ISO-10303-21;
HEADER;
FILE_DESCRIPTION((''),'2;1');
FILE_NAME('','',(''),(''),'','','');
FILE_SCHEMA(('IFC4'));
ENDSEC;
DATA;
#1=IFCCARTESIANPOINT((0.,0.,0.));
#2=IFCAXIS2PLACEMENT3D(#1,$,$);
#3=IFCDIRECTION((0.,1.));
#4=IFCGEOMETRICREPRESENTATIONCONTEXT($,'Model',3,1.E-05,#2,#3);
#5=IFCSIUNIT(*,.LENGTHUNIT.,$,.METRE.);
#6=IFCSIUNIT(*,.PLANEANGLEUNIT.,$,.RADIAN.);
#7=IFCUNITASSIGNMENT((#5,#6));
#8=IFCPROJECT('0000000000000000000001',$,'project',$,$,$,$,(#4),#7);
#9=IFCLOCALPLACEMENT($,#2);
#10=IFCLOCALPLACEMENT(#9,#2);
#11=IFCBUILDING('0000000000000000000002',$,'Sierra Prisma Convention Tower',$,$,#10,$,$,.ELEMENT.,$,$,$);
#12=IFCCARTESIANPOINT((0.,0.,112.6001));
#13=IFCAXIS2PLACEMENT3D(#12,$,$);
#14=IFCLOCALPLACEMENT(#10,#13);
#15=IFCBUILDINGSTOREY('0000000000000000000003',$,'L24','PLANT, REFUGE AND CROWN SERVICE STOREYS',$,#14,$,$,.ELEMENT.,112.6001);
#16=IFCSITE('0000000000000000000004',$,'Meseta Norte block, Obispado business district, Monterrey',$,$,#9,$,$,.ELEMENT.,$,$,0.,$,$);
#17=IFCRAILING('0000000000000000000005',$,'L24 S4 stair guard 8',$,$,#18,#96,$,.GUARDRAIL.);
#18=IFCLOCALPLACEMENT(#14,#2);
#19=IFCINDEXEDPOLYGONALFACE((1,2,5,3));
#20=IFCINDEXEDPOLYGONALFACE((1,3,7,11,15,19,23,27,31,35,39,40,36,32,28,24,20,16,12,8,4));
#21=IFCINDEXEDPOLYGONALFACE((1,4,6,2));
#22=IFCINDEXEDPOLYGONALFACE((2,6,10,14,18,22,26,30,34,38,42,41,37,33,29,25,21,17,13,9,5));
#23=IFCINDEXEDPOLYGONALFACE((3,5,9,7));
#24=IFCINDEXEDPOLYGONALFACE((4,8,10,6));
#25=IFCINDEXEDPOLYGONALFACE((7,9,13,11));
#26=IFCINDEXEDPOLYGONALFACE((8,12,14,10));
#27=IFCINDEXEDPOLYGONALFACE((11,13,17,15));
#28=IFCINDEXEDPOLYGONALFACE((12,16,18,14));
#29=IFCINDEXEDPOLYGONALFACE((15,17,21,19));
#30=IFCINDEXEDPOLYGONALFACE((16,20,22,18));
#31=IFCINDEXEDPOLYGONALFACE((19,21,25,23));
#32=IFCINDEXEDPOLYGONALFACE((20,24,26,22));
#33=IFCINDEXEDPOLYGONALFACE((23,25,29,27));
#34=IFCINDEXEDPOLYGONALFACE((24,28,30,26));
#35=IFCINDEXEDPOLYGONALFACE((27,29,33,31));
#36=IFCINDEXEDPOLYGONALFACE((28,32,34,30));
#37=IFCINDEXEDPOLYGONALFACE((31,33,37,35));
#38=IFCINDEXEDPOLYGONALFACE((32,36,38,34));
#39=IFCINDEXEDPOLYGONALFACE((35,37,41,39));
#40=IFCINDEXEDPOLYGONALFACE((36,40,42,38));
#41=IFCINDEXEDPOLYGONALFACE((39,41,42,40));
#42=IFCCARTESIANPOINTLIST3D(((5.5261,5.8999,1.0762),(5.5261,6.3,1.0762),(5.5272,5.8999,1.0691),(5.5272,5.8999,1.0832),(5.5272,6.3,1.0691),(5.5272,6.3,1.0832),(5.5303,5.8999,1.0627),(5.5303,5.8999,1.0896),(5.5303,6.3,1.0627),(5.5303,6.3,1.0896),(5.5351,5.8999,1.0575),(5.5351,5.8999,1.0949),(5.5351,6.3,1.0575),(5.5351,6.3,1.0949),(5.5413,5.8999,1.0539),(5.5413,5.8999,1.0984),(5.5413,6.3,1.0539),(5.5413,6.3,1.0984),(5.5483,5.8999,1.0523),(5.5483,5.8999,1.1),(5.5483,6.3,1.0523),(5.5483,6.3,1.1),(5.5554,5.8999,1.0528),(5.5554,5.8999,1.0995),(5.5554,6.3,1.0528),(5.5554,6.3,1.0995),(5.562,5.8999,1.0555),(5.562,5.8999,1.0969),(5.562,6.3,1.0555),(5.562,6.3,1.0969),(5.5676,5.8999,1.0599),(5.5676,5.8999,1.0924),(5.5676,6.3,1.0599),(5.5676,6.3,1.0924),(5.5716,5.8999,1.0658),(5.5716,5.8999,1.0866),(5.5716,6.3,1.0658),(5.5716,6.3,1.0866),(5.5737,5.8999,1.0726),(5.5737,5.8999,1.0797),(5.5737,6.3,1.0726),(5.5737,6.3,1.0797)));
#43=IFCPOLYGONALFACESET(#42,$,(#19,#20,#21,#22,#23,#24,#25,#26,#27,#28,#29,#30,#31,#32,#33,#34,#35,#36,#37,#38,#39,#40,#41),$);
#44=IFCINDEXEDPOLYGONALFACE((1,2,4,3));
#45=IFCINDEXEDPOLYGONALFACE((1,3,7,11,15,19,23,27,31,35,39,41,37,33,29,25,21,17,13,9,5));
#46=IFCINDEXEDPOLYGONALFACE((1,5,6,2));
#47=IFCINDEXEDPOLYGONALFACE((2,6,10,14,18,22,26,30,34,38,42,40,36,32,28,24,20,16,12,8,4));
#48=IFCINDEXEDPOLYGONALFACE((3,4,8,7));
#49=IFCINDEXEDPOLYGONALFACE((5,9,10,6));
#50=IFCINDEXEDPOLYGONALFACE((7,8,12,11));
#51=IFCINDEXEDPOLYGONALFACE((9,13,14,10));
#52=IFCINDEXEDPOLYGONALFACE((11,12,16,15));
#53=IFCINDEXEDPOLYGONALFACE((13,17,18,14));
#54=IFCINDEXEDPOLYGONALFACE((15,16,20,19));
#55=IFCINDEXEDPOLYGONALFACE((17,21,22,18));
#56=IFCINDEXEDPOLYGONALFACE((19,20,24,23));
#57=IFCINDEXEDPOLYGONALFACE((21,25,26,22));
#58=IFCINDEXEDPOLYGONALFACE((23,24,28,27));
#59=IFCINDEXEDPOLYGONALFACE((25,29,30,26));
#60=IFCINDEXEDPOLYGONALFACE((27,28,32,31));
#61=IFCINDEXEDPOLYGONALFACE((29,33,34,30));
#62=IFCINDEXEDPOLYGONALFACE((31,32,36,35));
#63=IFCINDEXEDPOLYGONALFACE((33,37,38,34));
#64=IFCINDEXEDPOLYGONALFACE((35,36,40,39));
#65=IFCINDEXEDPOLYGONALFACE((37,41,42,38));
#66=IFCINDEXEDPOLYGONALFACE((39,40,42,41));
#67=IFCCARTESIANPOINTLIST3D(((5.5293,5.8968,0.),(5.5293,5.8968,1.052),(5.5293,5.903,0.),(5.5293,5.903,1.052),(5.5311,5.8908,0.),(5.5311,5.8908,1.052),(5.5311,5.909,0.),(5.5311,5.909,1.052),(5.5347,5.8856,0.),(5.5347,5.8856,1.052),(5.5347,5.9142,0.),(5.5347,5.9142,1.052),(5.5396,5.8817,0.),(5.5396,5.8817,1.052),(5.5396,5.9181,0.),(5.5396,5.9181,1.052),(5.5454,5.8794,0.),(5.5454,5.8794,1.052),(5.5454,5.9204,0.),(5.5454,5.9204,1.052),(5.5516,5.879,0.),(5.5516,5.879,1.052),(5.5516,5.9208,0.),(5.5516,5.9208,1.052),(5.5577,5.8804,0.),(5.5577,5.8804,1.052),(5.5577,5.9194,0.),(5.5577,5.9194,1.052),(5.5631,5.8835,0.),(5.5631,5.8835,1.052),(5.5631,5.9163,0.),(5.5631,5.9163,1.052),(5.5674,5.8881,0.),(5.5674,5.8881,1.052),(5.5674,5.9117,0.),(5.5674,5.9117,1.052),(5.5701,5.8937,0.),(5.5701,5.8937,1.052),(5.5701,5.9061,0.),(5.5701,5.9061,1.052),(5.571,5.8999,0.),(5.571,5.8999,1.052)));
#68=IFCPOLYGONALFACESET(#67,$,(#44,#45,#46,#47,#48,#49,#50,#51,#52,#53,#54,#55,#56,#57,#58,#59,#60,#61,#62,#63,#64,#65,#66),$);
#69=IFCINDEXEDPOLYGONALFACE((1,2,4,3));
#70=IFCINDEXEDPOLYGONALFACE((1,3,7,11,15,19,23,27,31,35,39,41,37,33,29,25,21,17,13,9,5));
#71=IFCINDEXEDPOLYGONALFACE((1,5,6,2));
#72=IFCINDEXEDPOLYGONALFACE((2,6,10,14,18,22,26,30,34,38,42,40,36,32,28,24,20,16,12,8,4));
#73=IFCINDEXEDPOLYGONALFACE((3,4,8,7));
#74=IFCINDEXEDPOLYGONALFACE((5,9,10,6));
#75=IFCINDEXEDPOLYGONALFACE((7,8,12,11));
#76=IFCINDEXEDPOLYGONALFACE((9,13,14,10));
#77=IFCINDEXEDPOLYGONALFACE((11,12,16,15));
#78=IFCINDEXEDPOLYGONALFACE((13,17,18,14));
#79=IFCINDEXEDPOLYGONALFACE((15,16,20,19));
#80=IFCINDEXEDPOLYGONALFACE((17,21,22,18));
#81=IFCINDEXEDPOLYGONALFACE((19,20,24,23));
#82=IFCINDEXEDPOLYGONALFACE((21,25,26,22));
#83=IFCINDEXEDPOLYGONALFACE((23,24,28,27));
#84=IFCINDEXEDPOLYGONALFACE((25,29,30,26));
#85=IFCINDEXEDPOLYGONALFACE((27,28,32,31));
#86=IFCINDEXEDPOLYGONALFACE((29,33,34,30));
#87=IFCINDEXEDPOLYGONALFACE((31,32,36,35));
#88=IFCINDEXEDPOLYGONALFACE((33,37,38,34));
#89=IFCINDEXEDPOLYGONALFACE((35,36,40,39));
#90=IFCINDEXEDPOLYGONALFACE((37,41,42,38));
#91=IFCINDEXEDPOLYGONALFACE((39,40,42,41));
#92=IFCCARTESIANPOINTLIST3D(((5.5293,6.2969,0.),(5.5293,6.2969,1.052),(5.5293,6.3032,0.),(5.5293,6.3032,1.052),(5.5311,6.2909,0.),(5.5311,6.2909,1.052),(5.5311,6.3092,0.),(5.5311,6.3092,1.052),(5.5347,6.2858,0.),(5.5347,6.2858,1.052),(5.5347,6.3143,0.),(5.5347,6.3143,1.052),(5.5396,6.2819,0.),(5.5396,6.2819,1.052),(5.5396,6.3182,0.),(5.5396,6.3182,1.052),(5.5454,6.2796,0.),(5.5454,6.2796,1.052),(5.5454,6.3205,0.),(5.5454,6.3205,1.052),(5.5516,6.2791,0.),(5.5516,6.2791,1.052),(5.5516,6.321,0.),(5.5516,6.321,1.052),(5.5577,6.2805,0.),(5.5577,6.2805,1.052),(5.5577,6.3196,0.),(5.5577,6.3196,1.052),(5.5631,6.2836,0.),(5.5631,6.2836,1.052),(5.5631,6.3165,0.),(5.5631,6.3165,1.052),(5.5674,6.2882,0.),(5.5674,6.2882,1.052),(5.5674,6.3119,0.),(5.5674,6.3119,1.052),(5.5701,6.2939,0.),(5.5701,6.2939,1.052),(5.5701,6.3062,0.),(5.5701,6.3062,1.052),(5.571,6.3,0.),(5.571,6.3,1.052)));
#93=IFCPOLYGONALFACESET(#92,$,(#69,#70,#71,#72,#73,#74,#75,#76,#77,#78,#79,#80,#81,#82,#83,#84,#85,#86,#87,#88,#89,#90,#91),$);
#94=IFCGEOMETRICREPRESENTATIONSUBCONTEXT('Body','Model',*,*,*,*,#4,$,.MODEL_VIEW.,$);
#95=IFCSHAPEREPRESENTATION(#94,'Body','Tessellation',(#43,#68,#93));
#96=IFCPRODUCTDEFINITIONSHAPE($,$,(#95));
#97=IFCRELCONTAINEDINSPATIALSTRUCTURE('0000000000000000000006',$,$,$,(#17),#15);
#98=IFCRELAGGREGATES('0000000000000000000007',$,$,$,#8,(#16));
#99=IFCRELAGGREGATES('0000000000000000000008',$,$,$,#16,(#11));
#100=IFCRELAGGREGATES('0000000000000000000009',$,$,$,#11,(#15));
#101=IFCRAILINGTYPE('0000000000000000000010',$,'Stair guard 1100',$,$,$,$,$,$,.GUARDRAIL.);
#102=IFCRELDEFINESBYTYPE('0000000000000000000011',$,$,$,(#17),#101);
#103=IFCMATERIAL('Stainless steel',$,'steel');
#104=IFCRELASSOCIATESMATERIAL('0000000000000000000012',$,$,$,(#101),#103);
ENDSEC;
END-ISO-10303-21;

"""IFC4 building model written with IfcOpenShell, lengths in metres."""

from ifc_helpers import new_model, si_unit, direction, frame, origin, origin_2d, place, context, subcontext, project, spatial, circle, extrude, material, type_object, element, save


model = new_model("IFC4")

# Units and contexts
model_context = context("Model", 3, precision=1e-05, world=origin(), true_north=direction((0.0, 1.0)))
body_context = subcontext(model_context, "Body", "Model", "MODEL_VIEW")
ifc_project = project(units=[si_unit("LENGTHUNIT", "METRE"), si_unit("PLANEANGLEUNIT", "RADIAN")], contexts=[model_context])

# Site, building, storey
site_placement = place(None, origin())
site = spatial("IfcSite", under=ifc_project, at=site_placement, Name="Meseta Norte block, Obispado business district, Monterrey", CompositionType="ELEMENT", RefElevation=0.0)
building_placement = place(site_placement, origin())
building = spatial("IfcBuilding", under=site, at=building_placement, Name="Sierra Prisma Convention Tower", CompositionType="ELEMENT")
storey_placement = place(building_placement, frame((0.0, 0.0, 112.6001)))
storey = spatial("IfcBuildingStorey", under=building, at=storey_placement, Name="L24", Description="PLANT, REFUGE AND CROWN SERVICE STOREYS", CompositionType="ELEMENT", Elevation=112.6001)

# Railing
ifc_material_1 = material(Name="Stainless steel", Category="steel")
railing_type_1 = type_object("IfcRailingType", Name="Stair guard 1100", PredefinedType="GUARDRAIL", material=ifc_material_1)
railing_1_placement = place(storey_placement, frame((5.55, 5.8999, 0.0)))
element("IfcRailing", 1, at=railing_1_placement, inside=storey, type_object=railing_type_1, Name="L24 S4 stair guard 8", PredefinedType="GUARDRAIL", context=body_context, shape_type="SweptSolid", body=[
    extrude(circle(Radius=0.0239, at=origin_2d()), frame((0.0, 0.0, 1.0762), z_axis=(0.0, 1.0, 0.0), x_axis=(-1.0, 0.0, 0.0)), (0.0, 0.0, 1.0), 0.4001),
    extrude(circle(Radius=0.021, at=origin_2d()), origin(), (0.0, 0.0, 1.0), 1.052),
    extrude(circle(Radius=0.021, at=origin_2d()), frame((0.0, 0.4001, 0.0)), (0.0, 0.0, 1.0), 1.052),
])

save(model, "model.ifc")
